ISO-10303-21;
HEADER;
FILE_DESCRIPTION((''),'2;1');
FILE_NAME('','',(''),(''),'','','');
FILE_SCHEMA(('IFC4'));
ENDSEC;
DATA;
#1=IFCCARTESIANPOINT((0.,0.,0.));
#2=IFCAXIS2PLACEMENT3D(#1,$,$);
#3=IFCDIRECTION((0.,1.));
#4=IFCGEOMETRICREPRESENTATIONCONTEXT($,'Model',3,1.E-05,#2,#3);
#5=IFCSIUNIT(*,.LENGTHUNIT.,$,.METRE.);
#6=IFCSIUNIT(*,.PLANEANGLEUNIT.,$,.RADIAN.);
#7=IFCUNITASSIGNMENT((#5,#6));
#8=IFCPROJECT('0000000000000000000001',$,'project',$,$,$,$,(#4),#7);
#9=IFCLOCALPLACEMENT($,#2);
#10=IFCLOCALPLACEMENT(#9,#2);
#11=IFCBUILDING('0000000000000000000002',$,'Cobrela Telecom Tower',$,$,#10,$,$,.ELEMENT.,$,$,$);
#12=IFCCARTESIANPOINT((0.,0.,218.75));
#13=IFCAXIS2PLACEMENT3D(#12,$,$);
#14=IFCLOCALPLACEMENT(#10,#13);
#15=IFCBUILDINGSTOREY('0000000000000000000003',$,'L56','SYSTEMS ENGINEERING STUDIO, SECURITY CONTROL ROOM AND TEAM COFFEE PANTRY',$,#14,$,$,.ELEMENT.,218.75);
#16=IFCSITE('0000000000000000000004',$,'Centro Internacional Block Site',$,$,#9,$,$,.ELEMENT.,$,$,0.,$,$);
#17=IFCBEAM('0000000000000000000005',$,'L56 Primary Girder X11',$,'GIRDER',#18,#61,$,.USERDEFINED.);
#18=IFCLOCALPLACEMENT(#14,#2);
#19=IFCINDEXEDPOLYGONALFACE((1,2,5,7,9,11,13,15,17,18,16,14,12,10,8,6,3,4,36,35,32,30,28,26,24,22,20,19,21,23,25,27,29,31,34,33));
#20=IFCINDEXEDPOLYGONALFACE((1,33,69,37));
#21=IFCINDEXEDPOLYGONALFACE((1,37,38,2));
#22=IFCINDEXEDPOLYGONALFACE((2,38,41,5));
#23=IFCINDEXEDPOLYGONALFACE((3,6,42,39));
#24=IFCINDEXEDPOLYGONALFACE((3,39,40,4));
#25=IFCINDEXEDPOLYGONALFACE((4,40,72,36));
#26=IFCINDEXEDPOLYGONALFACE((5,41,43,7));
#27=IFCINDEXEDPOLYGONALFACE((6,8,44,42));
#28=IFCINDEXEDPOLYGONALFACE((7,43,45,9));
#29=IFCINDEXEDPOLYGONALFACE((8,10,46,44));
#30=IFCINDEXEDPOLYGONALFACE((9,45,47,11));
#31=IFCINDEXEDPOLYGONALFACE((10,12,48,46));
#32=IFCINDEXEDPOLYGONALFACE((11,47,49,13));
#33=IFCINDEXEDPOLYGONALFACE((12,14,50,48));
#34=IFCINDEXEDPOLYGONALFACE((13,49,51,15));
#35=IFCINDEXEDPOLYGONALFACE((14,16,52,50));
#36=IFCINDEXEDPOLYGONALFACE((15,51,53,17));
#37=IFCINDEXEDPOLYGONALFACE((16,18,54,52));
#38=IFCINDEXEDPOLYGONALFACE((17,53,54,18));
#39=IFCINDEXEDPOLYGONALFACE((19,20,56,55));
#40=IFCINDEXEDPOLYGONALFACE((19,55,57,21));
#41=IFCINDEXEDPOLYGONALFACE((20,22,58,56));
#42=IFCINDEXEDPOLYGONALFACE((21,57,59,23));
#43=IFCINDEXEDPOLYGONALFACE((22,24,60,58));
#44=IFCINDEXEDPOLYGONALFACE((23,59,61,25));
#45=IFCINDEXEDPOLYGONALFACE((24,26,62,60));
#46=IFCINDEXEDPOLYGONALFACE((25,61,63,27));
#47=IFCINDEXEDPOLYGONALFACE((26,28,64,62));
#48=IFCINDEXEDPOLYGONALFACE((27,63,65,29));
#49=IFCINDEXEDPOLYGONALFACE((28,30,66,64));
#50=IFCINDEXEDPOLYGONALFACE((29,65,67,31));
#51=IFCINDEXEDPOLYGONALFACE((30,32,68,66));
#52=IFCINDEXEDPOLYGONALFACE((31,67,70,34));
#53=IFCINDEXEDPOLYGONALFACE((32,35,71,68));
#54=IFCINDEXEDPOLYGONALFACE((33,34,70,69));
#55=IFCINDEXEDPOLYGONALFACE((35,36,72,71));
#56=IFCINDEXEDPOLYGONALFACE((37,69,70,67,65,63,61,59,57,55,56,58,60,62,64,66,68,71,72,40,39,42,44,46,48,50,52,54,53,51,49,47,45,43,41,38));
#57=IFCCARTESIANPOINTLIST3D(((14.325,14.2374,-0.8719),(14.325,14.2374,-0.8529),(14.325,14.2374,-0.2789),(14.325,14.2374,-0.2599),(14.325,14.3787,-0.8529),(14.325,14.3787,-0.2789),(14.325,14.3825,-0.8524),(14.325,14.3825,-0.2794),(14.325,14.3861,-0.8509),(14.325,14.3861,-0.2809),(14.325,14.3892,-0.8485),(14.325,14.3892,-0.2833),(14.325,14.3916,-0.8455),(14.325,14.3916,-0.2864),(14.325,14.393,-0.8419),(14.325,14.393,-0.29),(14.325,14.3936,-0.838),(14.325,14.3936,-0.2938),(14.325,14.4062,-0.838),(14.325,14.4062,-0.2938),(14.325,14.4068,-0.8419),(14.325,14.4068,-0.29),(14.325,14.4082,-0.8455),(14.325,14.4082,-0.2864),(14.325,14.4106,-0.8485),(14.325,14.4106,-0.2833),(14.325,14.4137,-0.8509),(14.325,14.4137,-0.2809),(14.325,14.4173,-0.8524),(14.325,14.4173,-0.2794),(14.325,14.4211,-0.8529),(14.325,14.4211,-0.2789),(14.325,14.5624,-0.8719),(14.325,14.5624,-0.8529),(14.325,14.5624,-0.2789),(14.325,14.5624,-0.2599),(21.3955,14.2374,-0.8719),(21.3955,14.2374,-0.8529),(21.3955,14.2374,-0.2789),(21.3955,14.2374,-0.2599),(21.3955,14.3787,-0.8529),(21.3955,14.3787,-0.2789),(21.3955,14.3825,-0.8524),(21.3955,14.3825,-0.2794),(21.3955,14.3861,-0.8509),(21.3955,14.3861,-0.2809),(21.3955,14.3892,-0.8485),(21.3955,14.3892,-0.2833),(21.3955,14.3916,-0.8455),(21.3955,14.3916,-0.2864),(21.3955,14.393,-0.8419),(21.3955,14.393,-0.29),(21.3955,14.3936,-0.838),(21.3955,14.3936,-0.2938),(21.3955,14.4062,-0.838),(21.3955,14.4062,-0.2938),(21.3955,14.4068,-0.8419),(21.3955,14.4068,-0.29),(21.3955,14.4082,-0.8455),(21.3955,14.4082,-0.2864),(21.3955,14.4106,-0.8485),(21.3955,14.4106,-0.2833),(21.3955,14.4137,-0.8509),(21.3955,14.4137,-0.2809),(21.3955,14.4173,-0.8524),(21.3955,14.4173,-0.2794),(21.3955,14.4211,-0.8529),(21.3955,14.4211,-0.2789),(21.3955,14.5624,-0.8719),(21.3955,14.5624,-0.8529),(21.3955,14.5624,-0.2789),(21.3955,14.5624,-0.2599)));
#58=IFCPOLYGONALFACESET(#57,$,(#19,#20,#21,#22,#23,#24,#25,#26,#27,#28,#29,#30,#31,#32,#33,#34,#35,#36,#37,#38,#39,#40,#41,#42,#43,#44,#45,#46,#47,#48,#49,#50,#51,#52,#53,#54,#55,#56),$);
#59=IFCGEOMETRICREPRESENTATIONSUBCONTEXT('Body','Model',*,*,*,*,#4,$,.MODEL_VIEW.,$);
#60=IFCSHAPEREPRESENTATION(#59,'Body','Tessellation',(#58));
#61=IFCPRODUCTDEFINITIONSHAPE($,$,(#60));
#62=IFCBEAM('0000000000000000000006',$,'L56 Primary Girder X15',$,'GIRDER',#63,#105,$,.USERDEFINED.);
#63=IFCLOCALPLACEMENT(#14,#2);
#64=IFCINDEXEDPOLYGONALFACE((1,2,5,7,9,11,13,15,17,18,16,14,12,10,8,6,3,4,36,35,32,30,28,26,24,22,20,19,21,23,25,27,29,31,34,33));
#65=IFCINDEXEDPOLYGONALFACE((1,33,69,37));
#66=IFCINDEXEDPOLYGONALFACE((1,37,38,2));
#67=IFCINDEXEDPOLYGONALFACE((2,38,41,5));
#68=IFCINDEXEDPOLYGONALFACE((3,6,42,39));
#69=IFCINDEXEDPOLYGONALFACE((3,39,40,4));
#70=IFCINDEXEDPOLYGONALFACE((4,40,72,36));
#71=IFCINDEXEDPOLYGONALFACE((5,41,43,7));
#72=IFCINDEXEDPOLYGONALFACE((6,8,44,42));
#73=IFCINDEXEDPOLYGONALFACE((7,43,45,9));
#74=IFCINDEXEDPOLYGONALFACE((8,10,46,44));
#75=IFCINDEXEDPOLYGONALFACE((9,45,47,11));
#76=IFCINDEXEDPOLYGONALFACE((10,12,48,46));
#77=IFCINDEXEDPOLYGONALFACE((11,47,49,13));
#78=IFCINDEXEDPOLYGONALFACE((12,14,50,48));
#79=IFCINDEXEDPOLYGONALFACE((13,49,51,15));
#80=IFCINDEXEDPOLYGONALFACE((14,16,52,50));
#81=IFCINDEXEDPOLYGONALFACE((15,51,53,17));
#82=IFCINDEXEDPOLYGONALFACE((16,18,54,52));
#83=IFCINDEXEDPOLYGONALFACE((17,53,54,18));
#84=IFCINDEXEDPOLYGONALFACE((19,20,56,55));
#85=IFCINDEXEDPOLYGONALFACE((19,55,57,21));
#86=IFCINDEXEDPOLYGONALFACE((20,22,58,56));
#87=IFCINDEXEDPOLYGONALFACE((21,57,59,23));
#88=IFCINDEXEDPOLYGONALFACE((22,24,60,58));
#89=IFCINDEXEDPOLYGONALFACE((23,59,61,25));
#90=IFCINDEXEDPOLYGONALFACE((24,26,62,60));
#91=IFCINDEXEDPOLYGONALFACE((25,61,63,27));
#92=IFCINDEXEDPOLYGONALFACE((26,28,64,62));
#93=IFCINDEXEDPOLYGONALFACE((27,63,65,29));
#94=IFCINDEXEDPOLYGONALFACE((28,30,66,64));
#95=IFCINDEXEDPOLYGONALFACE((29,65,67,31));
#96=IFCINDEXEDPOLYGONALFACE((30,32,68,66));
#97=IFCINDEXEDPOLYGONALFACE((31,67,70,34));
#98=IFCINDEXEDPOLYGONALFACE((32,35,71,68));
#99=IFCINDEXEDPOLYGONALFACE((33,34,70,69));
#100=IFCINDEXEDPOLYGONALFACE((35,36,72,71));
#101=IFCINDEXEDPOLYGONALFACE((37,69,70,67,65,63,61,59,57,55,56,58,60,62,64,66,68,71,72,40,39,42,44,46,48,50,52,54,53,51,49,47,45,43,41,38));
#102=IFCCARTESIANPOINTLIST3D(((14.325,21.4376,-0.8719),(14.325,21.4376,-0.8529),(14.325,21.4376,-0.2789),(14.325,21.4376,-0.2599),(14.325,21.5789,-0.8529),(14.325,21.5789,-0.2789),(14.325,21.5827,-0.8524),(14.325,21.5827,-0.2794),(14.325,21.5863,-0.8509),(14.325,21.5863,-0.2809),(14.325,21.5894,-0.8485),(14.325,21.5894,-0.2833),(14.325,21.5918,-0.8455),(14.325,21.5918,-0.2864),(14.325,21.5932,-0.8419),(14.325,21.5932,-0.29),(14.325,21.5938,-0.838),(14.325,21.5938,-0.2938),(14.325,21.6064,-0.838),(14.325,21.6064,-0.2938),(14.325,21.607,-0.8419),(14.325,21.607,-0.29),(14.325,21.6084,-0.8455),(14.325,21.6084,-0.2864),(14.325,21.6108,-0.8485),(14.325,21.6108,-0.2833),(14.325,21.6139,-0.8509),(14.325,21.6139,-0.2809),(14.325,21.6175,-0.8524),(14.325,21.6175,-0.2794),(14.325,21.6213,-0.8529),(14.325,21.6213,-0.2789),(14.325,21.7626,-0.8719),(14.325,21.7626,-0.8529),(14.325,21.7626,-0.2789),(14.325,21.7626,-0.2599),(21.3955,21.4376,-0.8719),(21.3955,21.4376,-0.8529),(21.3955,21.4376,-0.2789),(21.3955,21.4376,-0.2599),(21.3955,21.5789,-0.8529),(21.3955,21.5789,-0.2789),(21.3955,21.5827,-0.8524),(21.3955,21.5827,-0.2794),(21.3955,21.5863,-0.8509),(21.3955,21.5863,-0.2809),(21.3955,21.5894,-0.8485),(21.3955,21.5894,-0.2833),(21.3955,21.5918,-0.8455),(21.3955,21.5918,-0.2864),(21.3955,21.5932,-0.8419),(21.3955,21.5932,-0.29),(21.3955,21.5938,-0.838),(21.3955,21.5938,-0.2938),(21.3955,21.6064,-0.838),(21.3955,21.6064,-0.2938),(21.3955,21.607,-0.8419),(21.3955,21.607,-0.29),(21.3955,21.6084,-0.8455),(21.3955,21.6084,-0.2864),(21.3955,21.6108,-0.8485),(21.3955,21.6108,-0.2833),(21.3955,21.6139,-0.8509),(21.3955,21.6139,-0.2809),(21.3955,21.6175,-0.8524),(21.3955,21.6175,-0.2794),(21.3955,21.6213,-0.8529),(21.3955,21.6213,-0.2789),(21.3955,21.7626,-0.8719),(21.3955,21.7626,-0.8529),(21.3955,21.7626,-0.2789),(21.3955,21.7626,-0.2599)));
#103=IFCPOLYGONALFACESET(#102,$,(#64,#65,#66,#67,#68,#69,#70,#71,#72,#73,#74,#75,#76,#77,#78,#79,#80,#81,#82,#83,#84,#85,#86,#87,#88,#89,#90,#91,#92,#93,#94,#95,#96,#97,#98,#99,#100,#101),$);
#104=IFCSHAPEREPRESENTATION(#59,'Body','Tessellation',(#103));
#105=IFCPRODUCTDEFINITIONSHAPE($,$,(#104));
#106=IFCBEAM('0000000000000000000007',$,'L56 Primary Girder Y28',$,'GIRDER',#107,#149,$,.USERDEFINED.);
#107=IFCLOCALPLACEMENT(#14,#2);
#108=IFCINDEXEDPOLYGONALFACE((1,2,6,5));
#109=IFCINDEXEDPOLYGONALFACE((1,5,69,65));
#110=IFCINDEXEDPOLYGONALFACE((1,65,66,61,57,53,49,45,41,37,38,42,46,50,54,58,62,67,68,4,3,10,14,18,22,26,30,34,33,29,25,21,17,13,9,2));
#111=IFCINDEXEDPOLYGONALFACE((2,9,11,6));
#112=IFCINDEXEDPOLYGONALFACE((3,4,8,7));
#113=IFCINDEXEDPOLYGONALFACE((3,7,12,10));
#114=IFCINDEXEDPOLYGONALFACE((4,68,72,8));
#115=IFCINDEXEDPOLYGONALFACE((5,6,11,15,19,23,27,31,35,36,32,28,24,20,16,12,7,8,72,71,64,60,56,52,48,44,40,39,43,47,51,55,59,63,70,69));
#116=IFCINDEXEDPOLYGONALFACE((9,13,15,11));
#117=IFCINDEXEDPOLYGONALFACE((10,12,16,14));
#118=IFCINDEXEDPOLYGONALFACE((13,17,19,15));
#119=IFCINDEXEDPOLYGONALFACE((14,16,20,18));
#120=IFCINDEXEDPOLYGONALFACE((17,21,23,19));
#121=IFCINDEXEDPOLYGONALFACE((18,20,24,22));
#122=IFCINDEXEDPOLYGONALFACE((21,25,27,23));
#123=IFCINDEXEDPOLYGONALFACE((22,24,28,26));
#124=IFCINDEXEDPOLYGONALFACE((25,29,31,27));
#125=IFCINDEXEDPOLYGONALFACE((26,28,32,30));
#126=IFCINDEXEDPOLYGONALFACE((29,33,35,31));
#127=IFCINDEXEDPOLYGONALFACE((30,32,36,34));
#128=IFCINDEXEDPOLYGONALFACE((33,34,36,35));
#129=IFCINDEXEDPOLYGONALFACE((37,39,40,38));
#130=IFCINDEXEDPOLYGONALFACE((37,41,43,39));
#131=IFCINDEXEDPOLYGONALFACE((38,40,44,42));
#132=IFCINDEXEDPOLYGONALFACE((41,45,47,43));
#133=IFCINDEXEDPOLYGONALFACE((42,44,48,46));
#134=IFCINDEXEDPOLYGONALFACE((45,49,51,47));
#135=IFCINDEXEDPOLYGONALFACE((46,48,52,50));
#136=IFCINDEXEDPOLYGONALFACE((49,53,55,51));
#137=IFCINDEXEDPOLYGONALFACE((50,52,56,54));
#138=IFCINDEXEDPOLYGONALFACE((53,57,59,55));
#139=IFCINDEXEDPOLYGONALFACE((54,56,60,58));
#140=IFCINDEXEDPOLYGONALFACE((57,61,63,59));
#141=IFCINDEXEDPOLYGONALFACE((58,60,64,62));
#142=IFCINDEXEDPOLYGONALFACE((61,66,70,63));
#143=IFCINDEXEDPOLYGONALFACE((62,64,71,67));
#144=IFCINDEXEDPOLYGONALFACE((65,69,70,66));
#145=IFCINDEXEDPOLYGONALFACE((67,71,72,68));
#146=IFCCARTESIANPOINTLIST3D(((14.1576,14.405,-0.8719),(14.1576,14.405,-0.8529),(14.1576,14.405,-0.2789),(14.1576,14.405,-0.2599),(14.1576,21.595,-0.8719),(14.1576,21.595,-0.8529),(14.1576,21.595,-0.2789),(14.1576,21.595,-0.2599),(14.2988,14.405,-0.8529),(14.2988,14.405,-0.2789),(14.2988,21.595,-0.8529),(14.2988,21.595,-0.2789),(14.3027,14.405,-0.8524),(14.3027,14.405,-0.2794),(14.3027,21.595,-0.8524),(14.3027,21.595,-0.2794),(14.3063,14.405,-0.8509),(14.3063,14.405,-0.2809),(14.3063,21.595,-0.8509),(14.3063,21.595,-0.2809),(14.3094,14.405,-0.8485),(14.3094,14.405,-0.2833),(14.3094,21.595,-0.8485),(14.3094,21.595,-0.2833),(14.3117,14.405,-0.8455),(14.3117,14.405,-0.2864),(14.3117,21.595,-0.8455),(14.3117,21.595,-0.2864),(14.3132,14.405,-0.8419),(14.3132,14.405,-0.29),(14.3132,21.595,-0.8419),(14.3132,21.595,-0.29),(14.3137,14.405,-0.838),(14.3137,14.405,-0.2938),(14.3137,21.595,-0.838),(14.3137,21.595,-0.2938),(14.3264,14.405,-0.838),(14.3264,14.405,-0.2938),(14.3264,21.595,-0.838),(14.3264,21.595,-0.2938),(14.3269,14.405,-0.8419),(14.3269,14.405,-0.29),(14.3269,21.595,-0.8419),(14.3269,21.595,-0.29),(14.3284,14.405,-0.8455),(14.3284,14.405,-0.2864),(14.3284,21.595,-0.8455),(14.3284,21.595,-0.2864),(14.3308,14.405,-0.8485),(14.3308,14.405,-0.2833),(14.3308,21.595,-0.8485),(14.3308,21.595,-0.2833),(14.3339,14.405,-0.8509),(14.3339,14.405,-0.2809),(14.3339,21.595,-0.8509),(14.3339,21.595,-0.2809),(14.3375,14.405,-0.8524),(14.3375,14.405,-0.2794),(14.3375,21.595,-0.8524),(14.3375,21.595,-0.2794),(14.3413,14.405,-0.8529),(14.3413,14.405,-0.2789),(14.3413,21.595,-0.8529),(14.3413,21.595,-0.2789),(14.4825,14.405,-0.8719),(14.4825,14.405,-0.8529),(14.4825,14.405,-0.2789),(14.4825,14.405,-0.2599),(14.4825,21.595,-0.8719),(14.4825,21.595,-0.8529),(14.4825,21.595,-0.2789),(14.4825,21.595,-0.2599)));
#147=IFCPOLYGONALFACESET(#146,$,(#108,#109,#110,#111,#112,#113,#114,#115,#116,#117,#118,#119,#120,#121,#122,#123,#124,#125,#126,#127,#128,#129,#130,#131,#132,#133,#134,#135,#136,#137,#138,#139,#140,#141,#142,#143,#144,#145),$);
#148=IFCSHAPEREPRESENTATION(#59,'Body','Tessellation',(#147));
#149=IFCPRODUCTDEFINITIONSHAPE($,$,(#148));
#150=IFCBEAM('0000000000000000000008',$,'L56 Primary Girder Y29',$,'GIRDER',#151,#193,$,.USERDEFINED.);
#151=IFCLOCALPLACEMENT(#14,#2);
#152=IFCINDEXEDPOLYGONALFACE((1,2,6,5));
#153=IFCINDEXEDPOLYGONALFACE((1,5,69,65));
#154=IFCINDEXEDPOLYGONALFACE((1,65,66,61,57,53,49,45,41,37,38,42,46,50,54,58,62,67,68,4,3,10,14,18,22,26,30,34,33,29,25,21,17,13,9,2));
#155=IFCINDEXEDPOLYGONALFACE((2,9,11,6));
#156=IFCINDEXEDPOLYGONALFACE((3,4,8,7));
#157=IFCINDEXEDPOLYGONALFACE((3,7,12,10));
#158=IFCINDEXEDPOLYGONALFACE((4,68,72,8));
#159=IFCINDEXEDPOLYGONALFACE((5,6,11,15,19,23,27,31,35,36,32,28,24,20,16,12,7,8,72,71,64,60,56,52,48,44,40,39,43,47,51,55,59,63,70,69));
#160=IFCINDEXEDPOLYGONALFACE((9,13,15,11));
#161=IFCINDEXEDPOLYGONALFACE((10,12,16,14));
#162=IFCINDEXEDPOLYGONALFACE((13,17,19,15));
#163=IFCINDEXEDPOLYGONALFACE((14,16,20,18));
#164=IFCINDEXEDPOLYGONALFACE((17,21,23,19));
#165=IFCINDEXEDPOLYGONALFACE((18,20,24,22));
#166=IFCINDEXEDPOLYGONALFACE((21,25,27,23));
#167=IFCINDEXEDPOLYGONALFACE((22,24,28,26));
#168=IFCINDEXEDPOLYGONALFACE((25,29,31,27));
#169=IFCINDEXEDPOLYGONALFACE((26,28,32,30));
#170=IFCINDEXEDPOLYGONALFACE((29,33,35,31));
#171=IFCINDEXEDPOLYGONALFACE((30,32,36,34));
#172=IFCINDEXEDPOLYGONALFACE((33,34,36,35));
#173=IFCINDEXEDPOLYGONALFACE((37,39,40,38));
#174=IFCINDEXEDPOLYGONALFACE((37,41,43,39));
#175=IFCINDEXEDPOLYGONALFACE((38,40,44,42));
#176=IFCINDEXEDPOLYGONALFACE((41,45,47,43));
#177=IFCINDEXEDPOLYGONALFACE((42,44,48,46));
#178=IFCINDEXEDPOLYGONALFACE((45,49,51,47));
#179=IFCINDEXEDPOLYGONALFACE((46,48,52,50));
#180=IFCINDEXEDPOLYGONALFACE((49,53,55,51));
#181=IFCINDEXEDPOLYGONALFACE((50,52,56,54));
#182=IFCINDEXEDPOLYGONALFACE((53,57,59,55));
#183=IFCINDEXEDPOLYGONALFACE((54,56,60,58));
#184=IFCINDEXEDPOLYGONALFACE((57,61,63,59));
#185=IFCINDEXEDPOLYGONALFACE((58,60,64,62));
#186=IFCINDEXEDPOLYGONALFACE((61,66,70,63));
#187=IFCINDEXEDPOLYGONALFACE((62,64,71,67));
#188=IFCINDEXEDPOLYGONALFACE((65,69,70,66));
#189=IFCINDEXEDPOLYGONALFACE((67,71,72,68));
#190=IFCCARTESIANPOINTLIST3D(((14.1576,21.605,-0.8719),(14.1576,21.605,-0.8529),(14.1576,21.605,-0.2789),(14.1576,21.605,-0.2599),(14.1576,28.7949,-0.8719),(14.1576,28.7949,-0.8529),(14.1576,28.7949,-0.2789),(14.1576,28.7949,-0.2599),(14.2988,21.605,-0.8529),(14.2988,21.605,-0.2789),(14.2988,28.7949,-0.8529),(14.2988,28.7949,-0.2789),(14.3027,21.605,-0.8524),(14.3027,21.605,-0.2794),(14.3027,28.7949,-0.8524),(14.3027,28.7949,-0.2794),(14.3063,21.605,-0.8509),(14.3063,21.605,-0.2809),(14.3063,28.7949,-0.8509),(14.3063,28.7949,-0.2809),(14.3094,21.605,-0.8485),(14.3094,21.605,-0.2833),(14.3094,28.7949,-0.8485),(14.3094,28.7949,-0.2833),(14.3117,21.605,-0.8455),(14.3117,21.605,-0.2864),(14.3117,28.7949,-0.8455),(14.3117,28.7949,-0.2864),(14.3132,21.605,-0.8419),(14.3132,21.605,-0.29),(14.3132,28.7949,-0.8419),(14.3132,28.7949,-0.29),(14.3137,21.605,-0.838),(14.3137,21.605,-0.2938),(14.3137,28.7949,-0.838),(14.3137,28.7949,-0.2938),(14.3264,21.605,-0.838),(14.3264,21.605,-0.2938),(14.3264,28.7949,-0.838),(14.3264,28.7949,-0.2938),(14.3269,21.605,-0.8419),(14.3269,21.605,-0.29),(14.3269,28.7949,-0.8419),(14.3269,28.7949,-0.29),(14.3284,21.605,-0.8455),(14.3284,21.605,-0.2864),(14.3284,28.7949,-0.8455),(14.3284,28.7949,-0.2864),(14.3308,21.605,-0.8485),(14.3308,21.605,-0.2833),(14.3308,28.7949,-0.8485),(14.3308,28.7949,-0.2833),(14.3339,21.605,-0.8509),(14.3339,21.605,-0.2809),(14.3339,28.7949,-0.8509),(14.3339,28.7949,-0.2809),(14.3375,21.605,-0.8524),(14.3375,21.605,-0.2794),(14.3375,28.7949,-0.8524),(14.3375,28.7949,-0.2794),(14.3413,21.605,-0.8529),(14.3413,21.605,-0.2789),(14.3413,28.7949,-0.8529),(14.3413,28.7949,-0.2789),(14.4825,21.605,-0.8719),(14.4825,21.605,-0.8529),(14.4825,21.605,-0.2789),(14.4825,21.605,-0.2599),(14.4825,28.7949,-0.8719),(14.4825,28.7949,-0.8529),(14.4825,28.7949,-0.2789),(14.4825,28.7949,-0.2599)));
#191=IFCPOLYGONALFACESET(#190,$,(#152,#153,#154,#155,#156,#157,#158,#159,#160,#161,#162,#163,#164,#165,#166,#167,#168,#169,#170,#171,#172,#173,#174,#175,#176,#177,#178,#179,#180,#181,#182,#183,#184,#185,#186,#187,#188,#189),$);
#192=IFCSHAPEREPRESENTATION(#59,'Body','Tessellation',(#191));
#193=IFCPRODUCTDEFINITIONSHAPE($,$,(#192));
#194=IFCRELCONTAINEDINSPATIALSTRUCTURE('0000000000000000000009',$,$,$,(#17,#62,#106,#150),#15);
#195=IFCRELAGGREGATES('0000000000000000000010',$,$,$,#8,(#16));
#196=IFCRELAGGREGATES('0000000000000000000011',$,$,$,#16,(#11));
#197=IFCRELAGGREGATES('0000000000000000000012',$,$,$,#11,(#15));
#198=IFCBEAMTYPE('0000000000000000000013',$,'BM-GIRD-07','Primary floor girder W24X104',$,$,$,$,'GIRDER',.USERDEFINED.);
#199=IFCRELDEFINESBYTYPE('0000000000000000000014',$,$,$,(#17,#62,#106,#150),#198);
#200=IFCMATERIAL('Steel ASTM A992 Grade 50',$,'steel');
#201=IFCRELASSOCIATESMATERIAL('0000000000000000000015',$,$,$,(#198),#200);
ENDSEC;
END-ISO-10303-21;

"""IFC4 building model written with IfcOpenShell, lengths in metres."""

from ifc_helpers import new_model, si_unit, direction, frame, origin, origin_2d, place, context, subcontext, project, spatial, i_section, extrude, material, material_profile, profile_set, type_object, element, save


model = new_model("IFC4")

# Units and contexts
model_context = context("Model", 3, precision=1e-05, world=origin(), true_north=direction((0.0, 1.0)))
body_context = subcontext(model_context, "Body", "Model", "MODEL_VIEW")
ifc_project = project(units=[si_unit("LENGTHUNIT", "METRE"), si_unit("PLANEANGLEUNIT", "RADIAN")], contexts=[model_context])

# Site, building, storey
site_placement = place(None, origin())
site = spatial("IfcSite", under=ifc_project, at=site_placement, Name="Centro Internacional Block Site", CompositionType="ELEMENT", RefElevation=0.0)
building_placement = place(site_placement, origin())
building = spatial("IfcBuilding", under=site, at=building_placement, Name="Cobrela Telecom Tower", CompositionType="ELEMENT")
storey_placement = place(building_placement, frame((0.0, 0.0, 218.75)))
storey = spatial("IfcBuildingStorey", under=building, at=storey_placement, Name="L56", Description="SYSTEMS ENGINEERING STUDIO, SECURITY CONTROL ROOM AND TEAM COFFEE PANTRY", CompositionType="ELEMENT", Elevation=218.75)

# Beams
ifc_material_1 = material(Name="Steel ASTM A992 Grade 50", Category="steel")
ifc_material_profile_1 = material_profile(ifc_material_1, i_section(OverallWidth=0.325, OverallDepth=0.6121, WebThickness=0.0127, FlangeThickness=0.019, FilletRadius=0.0149, at=origin_2d()), Name="W24X104")
ifc_profile_set_1 = profile_set([ifc_material_profile_1], Name="Steel ASTM A992 Grade 50")
beam_type_1 = type_object("IfcBeamType", Name="BM-GIRD-07", Description="Primary floor girder W24X104", ElementType="GIRDER", PredefinedType="USERDEFINED", material=ifc_profile_set_1)
for number, where, z_axis, x_axis, name in (
    (1, (14.325, 14.3999, -0.5659), (1.0, 0.0, 0.0), (0.0, 1.0, 0.0), "L56 Primary Girder X11"),
    (2, (14.325, 21.6001, -0.5659), (1.0, 0.0, 0.0), (0.0, 1.0, 0.0), "L56 Primary Girder X15"),
):
    element("IfcBeam", number, at=place(storey_placement, frame(where, z_axis=z_axis, x_axis=x_axis)), inside=storey, type_object=beam_type_1, Name=name, ObjectType="GIRDER", PredefinedType="USERDEFINED", context=body_context, shape_type="SweptSolid", body=[
        extrude(i_section(OverallWidth=0.325, OverallDepth=0.6121, WebThickness=0.0127, FlangeThickness=0.019, FilletRadius=0.0149, at=origin_2d()), origin(), (0.0, 0.0, 1.0), 7.0706),
    ])
for number, where, z_axis, x_axis, name in (
    (3, (14.3201, 14.405, -0.5659), (0.0, 1.0, 0.0), (-1.0, 0.0, 0.0), "L56 Primary Girder Y28"),
    (4, (14.3201, 21.605, -0.5659), (0.0, 1.0, 0.0), (-1.0, 0.0, 0.0), "L56 Primary Girder Y29"),
):
    element("IfcBeam", number, at=place(storey_placement, frame(where, z_axis=z_axis, x_axis=x_axis)), inside=storey, type_object=beam_type_1, Name=name, ObjectType="GIRDER", PredefinedType="USERDEFINED", context=body_context, shape_type="SweptSolid", body=[
        extrude(i_section(OverallWidth=0.325, OverallDepth=0.6121, WebThickness=0.0127, FlangeThickness=0.019, FilletRadius=0.0149, at=origin_2d()), origin(), (0.0, 0.0, 1.0), 7.1899),
    ])

save(model, "model.ifc")
